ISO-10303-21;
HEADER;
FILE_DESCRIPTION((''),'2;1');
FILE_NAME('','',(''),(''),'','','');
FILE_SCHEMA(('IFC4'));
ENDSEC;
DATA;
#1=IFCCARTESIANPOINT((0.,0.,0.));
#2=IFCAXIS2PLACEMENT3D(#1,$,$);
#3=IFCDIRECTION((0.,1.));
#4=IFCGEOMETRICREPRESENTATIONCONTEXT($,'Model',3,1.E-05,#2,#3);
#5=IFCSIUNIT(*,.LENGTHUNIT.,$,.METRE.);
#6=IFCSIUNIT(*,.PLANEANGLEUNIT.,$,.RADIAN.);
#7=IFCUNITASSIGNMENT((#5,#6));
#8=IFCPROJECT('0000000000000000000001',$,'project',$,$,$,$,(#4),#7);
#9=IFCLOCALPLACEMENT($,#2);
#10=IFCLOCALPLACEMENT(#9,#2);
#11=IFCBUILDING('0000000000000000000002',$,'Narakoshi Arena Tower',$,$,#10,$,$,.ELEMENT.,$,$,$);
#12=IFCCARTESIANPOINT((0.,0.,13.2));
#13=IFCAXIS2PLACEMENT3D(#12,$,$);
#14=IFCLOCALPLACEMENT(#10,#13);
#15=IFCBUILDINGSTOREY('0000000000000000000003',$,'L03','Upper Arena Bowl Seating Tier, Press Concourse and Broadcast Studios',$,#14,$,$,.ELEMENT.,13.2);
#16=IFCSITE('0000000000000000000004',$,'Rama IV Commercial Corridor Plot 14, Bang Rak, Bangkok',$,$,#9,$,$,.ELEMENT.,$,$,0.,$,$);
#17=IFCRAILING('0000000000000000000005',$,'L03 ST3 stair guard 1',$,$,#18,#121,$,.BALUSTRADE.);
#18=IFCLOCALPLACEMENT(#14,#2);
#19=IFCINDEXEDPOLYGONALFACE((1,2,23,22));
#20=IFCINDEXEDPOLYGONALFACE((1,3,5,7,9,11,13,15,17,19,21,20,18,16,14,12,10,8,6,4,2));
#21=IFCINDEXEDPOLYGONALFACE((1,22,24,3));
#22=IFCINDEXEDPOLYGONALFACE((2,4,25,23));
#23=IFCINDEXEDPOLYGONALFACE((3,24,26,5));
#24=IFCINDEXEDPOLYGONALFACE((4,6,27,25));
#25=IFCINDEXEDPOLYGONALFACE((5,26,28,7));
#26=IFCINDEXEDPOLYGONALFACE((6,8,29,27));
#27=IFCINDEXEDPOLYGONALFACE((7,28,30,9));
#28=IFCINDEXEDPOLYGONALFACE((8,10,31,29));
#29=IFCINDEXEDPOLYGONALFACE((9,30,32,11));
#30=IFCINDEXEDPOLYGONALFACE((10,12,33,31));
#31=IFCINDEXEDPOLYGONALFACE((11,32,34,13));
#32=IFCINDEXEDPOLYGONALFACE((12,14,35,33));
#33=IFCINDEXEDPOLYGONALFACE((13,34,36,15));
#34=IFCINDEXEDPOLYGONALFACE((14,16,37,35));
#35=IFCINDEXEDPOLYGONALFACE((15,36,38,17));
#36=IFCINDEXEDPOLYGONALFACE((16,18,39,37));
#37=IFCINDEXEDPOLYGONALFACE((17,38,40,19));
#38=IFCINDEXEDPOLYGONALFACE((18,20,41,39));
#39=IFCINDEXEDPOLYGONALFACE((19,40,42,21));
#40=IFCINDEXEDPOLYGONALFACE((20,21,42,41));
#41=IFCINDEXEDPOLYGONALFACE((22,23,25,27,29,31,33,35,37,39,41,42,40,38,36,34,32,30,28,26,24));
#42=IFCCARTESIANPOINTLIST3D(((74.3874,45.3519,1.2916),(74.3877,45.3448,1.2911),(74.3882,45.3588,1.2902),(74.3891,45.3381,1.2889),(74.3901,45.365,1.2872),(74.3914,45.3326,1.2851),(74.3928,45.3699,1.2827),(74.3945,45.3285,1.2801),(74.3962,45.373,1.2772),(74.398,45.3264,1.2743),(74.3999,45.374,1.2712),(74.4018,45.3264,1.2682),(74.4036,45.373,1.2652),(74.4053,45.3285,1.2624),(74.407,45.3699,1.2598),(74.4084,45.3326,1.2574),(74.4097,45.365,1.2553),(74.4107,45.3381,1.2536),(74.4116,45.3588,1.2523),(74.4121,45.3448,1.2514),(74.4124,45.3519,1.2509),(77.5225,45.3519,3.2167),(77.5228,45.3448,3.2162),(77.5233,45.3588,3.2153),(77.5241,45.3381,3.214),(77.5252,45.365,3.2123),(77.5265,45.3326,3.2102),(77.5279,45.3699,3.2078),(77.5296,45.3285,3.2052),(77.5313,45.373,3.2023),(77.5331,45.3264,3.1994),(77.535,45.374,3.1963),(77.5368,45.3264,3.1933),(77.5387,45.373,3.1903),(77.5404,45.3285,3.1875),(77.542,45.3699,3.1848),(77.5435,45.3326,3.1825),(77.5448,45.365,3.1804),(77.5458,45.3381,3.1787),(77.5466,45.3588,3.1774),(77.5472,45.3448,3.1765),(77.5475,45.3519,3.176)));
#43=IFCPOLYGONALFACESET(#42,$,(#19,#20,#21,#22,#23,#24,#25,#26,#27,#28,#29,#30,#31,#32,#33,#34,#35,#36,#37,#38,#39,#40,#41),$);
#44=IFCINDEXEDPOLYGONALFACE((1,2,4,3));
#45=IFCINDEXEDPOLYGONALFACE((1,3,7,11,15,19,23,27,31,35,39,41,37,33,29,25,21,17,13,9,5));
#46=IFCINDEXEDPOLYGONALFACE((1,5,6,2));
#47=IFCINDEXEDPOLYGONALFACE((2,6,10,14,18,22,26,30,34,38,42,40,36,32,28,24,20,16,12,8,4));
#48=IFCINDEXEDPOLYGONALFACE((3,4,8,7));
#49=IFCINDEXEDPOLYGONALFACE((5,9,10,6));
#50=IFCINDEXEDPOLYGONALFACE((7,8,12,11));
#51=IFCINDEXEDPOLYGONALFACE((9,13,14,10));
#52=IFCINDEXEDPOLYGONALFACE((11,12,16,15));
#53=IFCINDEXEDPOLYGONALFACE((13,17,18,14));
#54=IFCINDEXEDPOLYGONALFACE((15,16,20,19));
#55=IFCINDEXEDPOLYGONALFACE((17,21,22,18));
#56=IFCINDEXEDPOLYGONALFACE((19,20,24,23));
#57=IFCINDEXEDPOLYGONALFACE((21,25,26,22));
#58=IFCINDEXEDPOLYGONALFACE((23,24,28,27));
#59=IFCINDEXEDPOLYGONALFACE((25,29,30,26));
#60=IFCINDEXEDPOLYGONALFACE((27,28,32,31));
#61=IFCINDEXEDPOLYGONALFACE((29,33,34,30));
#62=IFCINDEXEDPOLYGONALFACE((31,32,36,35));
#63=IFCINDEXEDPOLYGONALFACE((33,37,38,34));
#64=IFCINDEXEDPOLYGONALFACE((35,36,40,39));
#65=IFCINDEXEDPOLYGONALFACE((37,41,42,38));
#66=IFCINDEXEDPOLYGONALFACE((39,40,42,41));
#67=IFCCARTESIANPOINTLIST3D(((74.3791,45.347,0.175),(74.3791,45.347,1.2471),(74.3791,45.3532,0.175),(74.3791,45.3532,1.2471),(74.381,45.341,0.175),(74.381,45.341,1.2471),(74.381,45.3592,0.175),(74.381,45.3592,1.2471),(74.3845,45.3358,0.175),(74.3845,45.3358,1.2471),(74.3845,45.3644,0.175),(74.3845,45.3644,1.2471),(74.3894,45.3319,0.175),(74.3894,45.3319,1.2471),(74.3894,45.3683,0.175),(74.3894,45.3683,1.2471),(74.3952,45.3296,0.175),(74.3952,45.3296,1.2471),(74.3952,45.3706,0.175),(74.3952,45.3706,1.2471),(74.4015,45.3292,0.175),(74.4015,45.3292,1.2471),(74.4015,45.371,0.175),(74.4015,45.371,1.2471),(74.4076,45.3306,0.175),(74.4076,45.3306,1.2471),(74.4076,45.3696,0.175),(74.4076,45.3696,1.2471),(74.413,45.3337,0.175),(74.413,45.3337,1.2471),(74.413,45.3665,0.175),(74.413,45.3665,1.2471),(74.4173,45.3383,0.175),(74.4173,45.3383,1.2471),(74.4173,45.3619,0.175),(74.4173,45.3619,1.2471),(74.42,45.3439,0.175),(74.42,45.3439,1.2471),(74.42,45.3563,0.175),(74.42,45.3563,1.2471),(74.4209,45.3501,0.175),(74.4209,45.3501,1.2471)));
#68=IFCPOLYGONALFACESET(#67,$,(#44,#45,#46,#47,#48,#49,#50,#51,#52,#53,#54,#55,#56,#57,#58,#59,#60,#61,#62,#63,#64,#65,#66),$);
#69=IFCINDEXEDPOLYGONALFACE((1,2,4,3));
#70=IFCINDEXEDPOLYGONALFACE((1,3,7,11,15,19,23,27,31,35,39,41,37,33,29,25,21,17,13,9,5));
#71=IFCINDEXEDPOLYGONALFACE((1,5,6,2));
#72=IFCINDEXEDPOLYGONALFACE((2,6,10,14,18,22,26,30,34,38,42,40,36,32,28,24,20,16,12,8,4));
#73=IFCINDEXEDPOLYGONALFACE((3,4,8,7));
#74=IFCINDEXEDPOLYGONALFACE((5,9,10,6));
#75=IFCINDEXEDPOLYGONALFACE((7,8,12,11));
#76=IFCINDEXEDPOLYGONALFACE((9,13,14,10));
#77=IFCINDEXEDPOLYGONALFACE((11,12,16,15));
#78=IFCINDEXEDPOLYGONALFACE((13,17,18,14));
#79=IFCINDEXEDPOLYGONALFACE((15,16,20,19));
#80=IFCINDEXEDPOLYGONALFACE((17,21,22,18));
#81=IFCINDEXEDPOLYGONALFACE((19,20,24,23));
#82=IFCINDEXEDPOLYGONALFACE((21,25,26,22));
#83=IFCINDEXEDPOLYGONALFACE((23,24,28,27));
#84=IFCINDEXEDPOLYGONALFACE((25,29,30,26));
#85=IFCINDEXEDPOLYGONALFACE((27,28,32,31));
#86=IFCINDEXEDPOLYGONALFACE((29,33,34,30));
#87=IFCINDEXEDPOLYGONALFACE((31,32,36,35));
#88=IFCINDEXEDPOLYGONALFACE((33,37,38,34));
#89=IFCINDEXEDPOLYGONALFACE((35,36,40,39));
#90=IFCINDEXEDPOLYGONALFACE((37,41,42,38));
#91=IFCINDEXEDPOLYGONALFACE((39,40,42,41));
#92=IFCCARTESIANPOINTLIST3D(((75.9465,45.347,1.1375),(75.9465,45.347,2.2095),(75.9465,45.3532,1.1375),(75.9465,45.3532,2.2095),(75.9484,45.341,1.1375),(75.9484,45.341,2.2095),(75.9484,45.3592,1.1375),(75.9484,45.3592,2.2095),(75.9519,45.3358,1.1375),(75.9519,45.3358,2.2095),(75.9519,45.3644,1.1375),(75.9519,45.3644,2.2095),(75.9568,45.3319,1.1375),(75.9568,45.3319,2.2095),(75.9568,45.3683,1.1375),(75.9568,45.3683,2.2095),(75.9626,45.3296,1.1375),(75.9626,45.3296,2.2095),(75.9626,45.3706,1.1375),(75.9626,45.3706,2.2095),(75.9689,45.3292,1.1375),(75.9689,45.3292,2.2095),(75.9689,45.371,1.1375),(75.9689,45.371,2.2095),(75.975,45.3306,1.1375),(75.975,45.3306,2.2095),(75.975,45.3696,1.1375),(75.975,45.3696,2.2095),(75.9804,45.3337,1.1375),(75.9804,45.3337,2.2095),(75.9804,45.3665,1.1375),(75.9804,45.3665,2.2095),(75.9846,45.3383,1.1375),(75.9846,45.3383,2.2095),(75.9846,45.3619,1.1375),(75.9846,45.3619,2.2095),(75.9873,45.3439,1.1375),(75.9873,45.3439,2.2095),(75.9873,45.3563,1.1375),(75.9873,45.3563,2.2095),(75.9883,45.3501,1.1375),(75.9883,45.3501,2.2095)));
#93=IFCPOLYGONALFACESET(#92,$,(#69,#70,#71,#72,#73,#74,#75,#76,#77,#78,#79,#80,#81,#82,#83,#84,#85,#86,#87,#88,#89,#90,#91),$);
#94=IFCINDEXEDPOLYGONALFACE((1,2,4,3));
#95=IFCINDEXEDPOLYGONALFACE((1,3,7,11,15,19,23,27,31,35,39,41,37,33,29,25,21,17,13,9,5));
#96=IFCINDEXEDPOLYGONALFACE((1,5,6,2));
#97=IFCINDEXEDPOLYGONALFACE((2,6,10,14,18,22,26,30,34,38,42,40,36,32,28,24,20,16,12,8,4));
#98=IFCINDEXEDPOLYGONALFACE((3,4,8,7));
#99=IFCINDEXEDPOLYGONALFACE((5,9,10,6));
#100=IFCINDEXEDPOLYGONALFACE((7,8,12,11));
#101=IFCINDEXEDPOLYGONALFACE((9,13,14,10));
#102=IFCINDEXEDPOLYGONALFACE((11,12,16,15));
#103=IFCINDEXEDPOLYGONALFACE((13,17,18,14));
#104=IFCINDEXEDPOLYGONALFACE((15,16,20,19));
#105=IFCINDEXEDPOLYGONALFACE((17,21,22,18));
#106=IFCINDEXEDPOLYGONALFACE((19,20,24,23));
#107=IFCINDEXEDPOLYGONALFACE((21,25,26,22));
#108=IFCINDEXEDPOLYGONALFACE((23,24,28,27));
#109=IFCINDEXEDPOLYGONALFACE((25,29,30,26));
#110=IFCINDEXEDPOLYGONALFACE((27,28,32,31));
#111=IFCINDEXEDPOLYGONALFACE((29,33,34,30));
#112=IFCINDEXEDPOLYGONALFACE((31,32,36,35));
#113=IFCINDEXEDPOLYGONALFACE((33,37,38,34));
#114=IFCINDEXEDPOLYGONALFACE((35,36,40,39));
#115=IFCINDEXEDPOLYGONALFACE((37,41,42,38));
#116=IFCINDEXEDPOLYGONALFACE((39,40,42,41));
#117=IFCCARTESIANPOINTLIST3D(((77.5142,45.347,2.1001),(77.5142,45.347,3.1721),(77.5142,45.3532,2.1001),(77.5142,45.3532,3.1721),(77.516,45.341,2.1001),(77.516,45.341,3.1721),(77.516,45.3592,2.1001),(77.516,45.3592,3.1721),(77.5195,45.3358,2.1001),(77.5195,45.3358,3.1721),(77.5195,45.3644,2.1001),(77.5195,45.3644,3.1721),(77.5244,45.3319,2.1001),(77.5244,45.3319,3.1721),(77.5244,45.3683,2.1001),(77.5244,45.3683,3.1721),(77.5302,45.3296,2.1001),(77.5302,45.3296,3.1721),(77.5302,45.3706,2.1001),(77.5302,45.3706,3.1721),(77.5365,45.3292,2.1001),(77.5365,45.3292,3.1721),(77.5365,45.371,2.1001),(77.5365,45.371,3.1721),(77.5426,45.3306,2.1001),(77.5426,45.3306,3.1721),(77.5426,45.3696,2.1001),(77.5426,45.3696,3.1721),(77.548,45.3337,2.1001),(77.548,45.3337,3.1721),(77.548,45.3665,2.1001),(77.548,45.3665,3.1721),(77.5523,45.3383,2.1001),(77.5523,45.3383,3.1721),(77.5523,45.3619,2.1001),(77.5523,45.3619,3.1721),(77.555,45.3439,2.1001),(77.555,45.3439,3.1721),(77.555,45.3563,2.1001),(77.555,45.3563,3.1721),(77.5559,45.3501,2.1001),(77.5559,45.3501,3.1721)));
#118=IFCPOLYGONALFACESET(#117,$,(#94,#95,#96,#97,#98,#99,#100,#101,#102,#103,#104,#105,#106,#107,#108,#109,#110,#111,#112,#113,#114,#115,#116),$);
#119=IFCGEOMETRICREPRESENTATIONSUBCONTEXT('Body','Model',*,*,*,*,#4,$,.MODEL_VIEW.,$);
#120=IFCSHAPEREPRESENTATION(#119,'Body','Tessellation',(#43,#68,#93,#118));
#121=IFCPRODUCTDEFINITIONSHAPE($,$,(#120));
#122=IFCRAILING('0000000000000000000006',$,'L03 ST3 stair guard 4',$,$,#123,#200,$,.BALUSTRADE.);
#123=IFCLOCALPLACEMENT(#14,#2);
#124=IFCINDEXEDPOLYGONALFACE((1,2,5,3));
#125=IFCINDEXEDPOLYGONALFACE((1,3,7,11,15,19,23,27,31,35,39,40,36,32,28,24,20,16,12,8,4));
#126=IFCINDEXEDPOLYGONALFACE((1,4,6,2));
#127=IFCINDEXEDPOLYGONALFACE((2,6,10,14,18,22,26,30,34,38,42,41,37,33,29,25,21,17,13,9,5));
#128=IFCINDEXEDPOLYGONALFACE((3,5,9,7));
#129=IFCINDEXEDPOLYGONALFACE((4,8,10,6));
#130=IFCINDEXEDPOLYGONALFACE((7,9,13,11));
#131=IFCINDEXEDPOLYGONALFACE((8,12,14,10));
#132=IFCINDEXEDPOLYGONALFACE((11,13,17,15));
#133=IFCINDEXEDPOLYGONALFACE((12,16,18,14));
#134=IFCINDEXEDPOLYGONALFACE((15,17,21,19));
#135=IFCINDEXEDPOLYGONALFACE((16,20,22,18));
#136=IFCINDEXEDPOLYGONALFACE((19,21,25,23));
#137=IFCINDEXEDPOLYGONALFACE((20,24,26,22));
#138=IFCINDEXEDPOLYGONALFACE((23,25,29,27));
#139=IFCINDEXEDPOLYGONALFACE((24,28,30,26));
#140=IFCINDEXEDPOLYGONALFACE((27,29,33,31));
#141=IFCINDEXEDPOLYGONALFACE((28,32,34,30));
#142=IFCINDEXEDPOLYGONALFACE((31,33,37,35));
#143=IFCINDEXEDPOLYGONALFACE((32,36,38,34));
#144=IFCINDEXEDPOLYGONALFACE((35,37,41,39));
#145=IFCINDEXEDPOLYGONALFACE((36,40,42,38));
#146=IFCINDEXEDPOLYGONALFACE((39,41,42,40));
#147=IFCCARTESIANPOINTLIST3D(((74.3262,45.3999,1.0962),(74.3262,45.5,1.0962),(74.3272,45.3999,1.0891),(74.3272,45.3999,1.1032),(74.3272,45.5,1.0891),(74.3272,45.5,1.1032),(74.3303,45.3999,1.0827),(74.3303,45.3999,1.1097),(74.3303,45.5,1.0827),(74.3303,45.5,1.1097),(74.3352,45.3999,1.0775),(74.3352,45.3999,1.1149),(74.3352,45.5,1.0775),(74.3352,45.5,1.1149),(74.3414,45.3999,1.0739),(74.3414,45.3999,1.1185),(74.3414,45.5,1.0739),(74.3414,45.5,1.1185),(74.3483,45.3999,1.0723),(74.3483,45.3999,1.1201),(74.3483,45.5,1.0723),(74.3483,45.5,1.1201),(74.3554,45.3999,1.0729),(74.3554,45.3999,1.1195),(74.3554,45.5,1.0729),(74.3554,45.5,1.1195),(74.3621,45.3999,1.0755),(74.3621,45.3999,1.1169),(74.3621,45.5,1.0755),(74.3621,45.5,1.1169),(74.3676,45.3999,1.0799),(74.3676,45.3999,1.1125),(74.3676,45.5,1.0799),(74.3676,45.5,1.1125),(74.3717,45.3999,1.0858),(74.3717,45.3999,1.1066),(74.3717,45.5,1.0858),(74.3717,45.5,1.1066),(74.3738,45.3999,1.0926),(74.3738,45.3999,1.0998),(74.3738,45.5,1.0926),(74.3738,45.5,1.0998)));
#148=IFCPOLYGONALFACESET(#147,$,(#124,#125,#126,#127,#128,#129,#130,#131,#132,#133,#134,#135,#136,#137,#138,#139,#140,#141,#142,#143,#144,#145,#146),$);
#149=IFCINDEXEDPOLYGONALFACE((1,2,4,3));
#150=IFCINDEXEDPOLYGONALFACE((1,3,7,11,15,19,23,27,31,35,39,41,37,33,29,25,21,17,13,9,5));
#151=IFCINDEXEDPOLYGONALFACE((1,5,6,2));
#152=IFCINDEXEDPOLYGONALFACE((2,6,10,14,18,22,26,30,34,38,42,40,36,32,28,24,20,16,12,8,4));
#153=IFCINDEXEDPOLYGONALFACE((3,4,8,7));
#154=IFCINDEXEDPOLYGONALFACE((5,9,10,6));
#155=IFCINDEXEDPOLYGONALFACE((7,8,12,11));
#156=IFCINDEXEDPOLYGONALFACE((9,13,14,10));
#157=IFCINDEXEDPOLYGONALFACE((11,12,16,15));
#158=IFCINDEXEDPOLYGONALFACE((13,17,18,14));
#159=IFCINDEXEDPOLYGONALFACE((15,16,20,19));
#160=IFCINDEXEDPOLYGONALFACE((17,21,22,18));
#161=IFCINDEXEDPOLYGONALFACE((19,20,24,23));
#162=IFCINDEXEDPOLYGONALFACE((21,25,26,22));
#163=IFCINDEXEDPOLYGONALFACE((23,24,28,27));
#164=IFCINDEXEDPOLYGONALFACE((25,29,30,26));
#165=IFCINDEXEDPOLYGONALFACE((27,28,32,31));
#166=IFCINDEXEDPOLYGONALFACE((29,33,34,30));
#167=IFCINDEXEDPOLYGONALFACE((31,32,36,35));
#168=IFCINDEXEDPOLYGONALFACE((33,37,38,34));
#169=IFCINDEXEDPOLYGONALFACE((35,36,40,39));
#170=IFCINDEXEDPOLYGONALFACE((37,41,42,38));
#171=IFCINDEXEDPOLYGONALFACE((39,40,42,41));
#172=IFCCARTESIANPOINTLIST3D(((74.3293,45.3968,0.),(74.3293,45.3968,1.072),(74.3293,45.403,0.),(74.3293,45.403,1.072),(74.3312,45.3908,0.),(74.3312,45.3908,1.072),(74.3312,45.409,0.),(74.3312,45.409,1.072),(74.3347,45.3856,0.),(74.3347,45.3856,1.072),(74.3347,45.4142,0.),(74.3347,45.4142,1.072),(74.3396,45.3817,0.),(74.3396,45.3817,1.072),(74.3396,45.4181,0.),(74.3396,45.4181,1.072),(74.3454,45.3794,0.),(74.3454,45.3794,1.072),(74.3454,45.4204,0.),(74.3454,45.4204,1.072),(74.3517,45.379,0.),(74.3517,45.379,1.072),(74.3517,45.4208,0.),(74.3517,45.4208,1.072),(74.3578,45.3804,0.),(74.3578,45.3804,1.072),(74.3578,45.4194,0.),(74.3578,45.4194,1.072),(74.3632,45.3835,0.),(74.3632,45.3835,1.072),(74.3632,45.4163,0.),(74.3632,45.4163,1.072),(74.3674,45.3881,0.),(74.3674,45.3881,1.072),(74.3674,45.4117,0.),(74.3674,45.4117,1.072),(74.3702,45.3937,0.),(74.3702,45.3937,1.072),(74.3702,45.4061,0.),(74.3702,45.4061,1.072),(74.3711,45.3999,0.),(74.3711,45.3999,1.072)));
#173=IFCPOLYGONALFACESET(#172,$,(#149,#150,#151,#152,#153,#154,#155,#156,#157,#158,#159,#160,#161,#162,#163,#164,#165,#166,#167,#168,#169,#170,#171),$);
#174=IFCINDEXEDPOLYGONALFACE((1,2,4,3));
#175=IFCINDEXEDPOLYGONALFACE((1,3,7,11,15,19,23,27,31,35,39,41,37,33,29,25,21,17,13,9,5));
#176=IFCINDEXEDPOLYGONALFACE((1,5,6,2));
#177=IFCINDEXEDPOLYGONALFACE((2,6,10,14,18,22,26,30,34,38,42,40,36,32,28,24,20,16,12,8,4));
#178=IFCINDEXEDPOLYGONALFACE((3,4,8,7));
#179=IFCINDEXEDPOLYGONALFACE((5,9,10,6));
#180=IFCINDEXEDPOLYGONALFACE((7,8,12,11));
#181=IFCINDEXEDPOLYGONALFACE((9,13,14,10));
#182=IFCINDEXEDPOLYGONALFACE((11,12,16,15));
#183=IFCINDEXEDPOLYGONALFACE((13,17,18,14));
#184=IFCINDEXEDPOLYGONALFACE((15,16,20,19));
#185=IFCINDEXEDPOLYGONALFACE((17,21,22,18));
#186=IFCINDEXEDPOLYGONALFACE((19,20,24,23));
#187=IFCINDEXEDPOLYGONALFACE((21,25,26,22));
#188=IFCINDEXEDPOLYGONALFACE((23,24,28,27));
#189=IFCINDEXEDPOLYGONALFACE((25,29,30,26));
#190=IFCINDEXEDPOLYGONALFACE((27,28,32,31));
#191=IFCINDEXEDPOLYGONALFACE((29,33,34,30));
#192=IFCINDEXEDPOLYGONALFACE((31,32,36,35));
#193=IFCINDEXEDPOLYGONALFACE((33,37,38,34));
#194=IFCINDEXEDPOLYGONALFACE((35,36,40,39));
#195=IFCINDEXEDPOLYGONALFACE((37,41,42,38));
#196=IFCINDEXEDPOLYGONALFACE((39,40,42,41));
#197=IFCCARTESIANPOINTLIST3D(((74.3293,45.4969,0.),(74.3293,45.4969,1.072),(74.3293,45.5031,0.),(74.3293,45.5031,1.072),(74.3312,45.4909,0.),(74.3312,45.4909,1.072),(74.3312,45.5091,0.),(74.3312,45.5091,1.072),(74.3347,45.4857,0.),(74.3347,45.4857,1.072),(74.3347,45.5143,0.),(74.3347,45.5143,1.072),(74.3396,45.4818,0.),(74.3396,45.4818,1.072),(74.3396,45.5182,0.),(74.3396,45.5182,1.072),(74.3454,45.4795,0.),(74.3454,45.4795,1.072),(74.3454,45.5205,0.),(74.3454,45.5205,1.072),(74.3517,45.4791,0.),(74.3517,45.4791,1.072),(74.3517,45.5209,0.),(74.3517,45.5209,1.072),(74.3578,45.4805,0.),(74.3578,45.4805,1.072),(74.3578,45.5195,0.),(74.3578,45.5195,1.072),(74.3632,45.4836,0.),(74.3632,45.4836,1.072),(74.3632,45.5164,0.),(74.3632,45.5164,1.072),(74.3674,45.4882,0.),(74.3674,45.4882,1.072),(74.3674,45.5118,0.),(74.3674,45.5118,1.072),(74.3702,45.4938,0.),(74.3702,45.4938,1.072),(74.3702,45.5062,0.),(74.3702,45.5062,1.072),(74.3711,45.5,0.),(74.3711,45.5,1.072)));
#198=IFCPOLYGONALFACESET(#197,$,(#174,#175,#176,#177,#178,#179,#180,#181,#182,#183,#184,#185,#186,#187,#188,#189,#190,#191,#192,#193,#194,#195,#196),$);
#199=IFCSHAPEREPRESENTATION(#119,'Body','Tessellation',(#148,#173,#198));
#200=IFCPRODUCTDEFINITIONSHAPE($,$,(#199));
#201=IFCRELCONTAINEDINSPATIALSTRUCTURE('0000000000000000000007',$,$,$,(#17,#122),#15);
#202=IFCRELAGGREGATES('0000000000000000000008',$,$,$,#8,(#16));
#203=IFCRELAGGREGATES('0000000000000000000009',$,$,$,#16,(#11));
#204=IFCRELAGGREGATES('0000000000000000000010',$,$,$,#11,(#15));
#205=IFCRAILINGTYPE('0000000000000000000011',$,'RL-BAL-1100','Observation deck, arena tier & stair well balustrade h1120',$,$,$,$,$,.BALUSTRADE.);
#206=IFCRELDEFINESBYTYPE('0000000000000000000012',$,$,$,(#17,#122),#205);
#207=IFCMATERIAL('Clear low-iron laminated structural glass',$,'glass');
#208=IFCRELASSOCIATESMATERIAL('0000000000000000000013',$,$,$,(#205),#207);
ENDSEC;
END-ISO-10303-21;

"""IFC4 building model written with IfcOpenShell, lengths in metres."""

from ifc_helpers import new_model, si_unit, direction, frame, origin, origin_2d, place, context, subcontext, project, spatial, circle, extrude, material, type_object, element, save


model = new_model("IFC4")

# Units and contexts
model_context = context("Model", 3, precision=1e-05, world=origin(), true_north=direction((0.0, 1.0)))
body_context = subcontext(model_context, "Body", "Model", "MODEL_VIEW")
ifc_project = project(units=[si_unit("LENGTHUNIT", "METRE"), si_unit("PLANEANGLEUNIT", "RADIAN")], contexts=[model_context])

# Site, building, storey
site_placement = place(None, origin())
site = spatial("IfcSite", under=ifc_project, at=site_placement, Name="Rama IV Commercial Corridor Plot 14, Bang Rak, Bangkok", CompositionType="ELEMENT", RefElevation=0.0)
building_placement = place(site_placement, origin())
building = spatial("IfcBuilding", under=site, at=building_placement, Name="Narakoshi Arena Tower", CompositionType="ELEMENT")
storey_placement = place(building_placement, frame((0.0, 0.0, 13.2)))
storey = spatial("IfcBuildingStorey", under=building, at=storey_placement, Name="L03", Description="Upper Arena Bowl Seating Tier, Press Concourse and Broadcast Studios", CompositionType="ELEMENT", Elevation=13.2)

# Railings
ifc_material_1 = material(Name="Clear low-iron laminated structural glass", Category="glass")
railing_type_1 = type_object("IfcRailingType", Name="RL-BAL-1100", Description="Observation deck, arena tier & stair well balustrade h1120", PredefinedType="BALUSTRADE", material=ifc_material_1)
railing_1_placement = place(storey_placement, frame((74.3999, 45.3501, 0.175)))
element("IfcRailing", 1, at=railing_1_placement, inside=storey, type_object=railing_type_1, Name="L03 ST3 stair guard 1", PredefinedType="BALUSTRADE", context=body_context, shape_type="SweptSolid", body=[
    extrude(circle(Radius=0.0239, at=origin_2d()), frame((0.0, 0.0, 1.0962), z_axis=(0.852166, 0.0, 0.523271), x_axis=(0.0, 1.0, 0.0)), (0.0, 0.0, 1.0), 3.679),
    extrude(circle(Radius=0.021, at=origin_2d()), origin(), (0.0, 0.0, 1.0), 1.072),
    extrude(circle(Radius=0.021, at=origin_2d()), frame((1.5674, 0.0, 0.9624)), (0.0, 0.0, 1.0), 1.072),
    extrude(circle(Radius=0.021, at=origin_2d()), frame((3.135, 0.0, 1.925)), (0.0, 0.0, 1.0), 1.072),
])
railing_2_placement = place(storey_placement, frame((74.3501, 45.3999, 0.0)))
element("IfcRailing", 2, at=railing_2_placement, inside=storey, type_object=railing_type_1, Name="L03 ST3 stair guard 4", PredefinedType="BALUSTRADE", context=body_context, shape_type="SweptSolid", body=[
    extrude(circle(Radius=0.0239, at=origin_2d()), frame((0.0, 0.0, 1.0962), z_axis=(0.0, 1.0, 0.0), x_axis=(-1.0, 0.0, 0.0)), (0.0, 0.0, 1.0), 0.1001),
    extrude(circle(Radius=0.021, at=origin_2d()), origin(), (0.0, 0.0, 1.0), 1.072),
    extrude(circle(Radius=0.021, at=origin_2d()), frame((0.0, 0.1001, 0.0)), (0.0, 0.0, 1.0), 1.072),
])

save(model, "model.ifc")
